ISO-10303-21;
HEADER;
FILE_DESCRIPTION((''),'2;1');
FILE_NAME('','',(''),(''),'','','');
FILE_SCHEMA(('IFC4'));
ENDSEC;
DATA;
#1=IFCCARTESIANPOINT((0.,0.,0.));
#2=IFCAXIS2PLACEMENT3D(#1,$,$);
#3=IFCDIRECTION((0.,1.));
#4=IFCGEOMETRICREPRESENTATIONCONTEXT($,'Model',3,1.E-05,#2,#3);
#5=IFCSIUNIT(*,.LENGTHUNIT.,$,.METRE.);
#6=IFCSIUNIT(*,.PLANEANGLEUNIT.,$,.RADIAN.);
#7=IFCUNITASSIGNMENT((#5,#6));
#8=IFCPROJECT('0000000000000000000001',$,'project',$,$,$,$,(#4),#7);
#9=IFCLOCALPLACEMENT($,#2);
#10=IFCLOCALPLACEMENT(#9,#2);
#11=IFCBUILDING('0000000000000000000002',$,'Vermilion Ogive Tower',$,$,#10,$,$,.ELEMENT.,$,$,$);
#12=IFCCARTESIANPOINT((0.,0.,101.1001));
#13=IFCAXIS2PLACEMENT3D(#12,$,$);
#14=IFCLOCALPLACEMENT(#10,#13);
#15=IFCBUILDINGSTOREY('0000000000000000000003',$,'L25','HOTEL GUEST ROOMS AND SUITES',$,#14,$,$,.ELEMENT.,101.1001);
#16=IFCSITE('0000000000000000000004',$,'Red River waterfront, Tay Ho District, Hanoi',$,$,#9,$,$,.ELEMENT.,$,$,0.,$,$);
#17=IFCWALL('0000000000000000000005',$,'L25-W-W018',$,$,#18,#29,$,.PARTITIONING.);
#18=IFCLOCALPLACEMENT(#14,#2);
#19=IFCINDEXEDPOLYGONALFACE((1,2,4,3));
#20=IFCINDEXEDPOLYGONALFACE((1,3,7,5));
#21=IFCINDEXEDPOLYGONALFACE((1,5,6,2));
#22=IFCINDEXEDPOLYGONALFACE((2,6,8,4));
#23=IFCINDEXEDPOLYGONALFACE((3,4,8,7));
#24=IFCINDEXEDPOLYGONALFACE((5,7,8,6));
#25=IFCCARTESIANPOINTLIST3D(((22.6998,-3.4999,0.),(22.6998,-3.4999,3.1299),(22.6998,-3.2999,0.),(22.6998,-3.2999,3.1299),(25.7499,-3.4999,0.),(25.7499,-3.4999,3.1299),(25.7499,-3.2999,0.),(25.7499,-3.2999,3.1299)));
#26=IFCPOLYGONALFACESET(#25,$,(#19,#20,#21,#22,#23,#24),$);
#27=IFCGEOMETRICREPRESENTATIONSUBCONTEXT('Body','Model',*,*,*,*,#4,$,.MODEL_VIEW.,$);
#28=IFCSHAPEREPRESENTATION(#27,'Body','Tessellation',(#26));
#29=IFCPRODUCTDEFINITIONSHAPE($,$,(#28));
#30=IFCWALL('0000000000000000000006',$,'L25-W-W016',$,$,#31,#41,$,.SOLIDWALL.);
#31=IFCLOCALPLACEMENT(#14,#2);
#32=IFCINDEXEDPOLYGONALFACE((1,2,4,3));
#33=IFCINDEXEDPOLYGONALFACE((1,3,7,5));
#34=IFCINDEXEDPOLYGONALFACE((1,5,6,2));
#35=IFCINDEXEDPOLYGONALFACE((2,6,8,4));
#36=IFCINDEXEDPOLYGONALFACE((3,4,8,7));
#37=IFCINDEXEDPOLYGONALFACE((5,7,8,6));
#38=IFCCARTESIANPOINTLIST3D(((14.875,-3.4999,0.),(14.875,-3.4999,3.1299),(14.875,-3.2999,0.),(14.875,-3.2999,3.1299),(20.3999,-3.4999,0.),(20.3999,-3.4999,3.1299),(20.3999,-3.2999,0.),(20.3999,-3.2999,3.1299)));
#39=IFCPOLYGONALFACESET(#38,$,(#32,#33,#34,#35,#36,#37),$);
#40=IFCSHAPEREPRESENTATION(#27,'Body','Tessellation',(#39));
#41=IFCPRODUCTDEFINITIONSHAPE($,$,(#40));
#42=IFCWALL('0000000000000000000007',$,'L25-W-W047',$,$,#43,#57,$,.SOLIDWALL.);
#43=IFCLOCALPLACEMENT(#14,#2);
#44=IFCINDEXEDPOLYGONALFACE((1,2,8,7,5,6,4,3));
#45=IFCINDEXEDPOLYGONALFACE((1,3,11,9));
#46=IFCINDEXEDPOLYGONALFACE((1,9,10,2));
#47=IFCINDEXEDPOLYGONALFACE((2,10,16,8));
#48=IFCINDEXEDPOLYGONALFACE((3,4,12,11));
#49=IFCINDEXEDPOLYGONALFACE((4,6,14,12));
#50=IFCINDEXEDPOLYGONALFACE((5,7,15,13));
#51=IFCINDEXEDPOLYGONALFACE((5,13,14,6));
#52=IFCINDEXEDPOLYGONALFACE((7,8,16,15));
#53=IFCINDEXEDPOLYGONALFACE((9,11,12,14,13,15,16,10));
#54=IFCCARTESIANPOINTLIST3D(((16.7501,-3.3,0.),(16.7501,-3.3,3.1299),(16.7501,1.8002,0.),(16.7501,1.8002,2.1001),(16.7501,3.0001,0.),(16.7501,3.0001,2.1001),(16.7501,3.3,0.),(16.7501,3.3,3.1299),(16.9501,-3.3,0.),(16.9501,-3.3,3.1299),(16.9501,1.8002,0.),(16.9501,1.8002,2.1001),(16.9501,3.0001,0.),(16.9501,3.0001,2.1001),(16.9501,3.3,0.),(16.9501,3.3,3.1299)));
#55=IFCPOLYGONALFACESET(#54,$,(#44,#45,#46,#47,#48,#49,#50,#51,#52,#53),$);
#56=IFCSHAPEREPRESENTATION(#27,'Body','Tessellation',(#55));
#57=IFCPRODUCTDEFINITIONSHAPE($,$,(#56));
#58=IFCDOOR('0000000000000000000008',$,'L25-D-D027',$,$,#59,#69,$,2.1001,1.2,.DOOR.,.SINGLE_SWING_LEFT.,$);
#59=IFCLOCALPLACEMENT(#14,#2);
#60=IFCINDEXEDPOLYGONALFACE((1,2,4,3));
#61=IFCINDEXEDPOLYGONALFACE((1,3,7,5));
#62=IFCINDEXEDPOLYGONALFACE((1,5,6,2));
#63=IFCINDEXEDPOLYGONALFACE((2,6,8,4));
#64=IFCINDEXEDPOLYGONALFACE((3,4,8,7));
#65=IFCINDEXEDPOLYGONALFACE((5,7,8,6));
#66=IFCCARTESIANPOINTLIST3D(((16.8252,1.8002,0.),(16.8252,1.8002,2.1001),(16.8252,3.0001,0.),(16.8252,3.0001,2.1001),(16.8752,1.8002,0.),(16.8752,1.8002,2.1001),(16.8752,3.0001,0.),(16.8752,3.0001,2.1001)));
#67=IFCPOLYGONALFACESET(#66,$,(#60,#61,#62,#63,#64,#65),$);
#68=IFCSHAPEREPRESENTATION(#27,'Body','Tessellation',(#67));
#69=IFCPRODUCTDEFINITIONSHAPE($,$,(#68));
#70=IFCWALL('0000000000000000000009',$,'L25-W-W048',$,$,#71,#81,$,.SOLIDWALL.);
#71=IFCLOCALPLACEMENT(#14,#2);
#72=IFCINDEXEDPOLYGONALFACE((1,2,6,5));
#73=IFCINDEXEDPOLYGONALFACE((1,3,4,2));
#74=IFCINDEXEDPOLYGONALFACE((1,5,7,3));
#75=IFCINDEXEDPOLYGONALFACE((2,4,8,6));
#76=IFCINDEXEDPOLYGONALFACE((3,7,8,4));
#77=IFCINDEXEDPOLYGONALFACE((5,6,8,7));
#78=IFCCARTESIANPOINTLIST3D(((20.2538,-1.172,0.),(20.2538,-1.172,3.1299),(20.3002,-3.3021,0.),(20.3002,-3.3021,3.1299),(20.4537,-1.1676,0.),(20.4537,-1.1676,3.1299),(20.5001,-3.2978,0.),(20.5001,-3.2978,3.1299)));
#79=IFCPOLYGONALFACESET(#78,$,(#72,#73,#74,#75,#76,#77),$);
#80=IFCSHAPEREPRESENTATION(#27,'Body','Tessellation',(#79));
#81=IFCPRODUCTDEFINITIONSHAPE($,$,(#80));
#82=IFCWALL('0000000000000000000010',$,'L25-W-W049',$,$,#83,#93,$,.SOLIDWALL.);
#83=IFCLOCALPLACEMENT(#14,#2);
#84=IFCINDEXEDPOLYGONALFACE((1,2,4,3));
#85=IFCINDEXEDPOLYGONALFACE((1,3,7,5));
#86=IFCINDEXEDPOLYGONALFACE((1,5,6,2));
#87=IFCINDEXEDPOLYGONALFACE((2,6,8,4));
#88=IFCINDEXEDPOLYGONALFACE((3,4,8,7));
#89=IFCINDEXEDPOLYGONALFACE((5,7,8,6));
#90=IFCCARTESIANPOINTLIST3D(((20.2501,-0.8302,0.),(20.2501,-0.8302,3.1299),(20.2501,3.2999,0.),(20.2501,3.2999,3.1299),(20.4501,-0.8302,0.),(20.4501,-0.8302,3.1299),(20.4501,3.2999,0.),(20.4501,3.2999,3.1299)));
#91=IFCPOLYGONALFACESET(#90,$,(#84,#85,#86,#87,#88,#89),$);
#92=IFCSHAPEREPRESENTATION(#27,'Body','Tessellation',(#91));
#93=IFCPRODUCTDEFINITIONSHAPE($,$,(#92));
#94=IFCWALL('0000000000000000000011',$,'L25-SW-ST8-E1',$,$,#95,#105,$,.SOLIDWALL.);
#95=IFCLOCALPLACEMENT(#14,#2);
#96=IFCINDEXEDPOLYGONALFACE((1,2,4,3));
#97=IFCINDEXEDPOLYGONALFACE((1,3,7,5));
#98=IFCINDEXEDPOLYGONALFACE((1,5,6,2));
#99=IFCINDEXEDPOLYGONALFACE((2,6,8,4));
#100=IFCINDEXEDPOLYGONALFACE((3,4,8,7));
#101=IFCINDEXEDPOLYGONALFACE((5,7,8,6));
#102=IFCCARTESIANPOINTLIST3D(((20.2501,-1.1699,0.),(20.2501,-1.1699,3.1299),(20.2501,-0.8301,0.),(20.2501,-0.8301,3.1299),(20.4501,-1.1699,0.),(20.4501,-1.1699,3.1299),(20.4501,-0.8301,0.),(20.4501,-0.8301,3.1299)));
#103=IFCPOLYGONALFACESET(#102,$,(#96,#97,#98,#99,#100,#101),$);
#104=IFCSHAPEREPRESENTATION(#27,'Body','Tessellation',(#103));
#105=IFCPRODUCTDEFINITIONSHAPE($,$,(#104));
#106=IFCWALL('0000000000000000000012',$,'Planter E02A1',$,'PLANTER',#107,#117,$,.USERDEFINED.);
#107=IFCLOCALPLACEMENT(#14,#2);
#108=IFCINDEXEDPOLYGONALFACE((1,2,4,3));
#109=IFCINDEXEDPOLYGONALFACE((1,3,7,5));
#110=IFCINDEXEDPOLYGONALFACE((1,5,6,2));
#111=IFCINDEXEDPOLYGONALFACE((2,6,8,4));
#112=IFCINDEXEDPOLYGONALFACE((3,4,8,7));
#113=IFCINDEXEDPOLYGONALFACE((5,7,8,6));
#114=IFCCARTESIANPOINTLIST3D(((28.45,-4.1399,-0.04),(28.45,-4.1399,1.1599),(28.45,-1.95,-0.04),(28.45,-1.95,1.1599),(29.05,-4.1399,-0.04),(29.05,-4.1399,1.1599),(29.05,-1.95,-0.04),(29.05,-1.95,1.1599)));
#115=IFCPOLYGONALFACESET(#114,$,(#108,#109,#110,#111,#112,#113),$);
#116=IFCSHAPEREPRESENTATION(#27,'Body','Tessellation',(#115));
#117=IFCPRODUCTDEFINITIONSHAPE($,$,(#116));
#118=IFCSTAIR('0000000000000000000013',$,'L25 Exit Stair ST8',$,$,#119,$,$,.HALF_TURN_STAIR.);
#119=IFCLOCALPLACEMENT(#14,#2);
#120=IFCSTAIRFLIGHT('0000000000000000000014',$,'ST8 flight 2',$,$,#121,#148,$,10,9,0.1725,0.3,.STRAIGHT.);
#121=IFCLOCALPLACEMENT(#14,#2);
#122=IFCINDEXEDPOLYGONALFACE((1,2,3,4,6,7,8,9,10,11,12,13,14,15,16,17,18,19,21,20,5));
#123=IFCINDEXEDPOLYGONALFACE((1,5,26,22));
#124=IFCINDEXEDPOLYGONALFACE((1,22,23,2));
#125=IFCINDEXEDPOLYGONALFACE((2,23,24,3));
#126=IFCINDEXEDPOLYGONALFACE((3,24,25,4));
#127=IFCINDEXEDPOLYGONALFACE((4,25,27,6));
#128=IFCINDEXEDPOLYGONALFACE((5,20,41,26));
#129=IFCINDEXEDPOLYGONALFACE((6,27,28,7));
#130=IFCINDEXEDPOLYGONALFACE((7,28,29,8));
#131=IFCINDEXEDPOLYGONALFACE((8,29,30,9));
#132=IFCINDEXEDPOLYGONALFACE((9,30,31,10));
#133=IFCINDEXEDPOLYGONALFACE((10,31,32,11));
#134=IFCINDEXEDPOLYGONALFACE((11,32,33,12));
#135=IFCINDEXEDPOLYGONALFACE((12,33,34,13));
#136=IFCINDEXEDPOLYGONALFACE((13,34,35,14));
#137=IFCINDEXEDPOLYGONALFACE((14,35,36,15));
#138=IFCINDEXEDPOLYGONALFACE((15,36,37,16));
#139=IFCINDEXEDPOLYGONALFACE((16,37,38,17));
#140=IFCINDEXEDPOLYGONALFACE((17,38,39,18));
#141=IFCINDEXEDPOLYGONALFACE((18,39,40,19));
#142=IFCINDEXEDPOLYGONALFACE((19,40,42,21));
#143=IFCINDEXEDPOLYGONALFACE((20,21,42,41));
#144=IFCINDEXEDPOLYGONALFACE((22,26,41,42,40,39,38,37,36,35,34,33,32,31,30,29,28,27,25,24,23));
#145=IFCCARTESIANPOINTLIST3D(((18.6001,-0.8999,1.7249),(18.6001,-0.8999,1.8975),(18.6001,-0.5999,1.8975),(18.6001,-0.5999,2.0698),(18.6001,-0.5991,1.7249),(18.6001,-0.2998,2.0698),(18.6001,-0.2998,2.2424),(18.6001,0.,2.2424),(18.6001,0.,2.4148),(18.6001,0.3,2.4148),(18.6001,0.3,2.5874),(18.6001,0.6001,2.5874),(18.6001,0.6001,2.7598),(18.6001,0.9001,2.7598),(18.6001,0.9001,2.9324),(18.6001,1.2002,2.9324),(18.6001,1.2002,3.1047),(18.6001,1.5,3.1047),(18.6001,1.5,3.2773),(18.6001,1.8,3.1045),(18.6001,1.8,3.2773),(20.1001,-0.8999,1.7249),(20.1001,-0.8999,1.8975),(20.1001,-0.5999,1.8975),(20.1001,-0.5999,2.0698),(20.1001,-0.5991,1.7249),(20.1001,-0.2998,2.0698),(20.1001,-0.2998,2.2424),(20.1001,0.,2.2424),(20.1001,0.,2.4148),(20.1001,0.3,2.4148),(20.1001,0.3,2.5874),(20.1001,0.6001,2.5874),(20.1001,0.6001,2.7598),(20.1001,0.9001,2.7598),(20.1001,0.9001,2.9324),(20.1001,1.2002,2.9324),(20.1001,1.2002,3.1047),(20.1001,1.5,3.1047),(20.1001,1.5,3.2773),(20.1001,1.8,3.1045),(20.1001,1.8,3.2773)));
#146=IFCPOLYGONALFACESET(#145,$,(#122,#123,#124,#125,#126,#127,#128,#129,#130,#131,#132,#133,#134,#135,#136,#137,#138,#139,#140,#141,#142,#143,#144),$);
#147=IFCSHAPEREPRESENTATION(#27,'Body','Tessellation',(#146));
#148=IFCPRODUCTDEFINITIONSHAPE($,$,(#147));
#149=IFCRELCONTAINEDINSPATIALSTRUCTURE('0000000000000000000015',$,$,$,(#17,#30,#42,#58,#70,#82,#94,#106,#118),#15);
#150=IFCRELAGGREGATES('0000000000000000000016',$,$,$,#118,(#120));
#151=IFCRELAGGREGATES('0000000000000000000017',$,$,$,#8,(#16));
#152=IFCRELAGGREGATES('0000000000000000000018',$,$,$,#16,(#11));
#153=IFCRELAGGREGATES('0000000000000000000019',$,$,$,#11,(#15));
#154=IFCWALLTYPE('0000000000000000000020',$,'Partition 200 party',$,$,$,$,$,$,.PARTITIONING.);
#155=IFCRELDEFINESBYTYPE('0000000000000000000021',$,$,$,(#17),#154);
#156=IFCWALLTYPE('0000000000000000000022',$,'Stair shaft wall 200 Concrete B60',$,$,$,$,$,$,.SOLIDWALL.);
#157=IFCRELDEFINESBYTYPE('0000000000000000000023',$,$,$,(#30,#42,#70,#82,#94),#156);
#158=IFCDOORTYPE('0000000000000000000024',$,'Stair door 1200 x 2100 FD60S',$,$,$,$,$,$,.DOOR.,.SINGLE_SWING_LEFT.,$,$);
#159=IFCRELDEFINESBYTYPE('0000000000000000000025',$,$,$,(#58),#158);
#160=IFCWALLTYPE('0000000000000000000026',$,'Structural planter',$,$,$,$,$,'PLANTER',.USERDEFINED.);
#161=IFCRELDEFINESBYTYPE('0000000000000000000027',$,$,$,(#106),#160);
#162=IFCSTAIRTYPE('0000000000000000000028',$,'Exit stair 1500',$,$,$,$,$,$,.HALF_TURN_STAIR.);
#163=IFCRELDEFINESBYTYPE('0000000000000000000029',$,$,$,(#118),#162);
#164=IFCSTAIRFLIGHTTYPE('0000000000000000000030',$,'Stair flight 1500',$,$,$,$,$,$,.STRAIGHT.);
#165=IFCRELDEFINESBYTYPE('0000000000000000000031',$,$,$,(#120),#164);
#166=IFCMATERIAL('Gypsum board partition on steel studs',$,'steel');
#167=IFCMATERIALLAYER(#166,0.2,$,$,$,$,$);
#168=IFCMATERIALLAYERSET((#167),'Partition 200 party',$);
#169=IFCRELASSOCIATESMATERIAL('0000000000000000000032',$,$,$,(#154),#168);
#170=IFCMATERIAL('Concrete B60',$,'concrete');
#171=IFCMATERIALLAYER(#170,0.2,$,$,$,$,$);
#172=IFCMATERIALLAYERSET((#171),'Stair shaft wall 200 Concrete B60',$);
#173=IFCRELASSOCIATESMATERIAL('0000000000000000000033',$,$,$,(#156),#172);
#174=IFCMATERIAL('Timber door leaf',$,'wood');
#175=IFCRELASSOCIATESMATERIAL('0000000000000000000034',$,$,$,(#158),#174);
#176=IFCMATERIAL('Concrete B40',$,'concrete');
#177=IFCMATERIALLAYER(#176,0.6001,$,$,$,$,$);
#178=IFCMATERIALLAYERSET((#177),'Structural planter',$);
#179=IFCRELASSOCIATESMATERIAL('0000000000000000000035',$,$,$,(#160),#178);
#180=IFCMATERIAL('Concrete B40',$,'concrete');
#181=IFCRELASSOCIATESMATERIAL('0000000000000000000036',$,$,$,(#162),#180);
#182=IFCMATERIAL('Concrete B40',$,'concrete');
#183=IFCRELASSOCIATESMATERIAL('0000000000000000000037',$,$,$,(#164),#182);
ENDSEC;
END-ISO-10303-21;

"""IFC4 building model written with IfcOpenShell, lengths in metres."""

from ifc_helpers import new_model, si_unit, direction, frame, frame_2d, origin, place, context, subcontext, project, spatial, polyline, rectangle, outline, extrude, material, layer, layer_set, type_object, element, fill, aggregate, save


model = new_model("IFC4")

# Units and contexts
model_context = context("Model", 3, precision=1e-05, world=origin(), true_north=direction((0.0, 1.0)))
body_context = subcontext(model_context, "Body", "Model", "MODEL_VIEW")
ifc_project = project(units=[si_unit("LENGTHUNIT", "METRE"), si_unit("PLANEANGLEUNIT", "RADIAN")], contexts=[model_context])

# Site, building, storey
site_placement = place(None, origin())
site = spatial("IfcSite", under=ifc_project, at=site_placement, Name="Red River waterfront, Tay Ho District, Hanoi", CompositionType="ELEMENT", RefElevation=0.0)
building_placement = place(site_placement, origin())
building = spatial("IfcBuilding", under=site, at=building_placement, Name="Vermilion Ogive Tower", CompositionType="ELEMENT")
storey_placement = place(building_placement, frame((0.0, 0.0, 101.1001)))
storey = spatial("IfcBuildingStorey", under=building, at=storey_placement, Name="L25", Description="HOTEL GUEST ROOMS AND SUITES", CompositionType="ELEMENT", Elevation=101.1001)

# Walls
ifc_material_1 = material(Name="Gypsum board partition on steel studs", Category="steel")
ifc_layer_1 = layer(ifc_material_1, 0.2)
ifc_layer_set_1 = layer_set([ifc_layer_1], Name="Partition 200 party")
wall_type_1 = type_object("IfcWallType", Name="Partition 200 party", PredefinedType="PARTITIONING", material=ifc_layer_set_1)
wall_1_placement = place(storey_placement, frame((22.7, -3.3999, 0.0), z_axis=(0.0, 0.0, 1.0), x_axis=(1.0, 0.0, 0.0)))
element("IfcWall", 1, at=wall_1_placement, inside=storey, type_object=wall_type_1, Name="L25-W-W018", PredefinedType="PARTITIONING", context=body_context, shape_type="SweptSolid", body=[
    extrude(rectangle(XDim=3.05, YDim=0.2, at=frame_2d((1.5249, 0.0))), origin(), (0.0, 0.0, 1.0), 3.1299),
])
ifc_material_2 = material(Name="Concrete B60", Category="concrete")
ifc_layer_2 = layer(ifc_material_2, 0.2)
ifc_layer_set_2 = layer_set([ifc_layer_2], Name="Stair shaft wall 200 Concrete B60")
wall_type_2 = type_object("IfcWallType", Name="Stair shaft wall 200 Concrete B60", PredefinedType="SOLIDWALL", material=ifc_layer_set_2)
wall_2_placement = place(storey_placement, frame((14.875, -3.3999, 0.0), z_axis=(0.0, 0.0, 1.0), x_axis=(1.0, 0.0, 0.0)))
element("IfcWall", 2, at=wall_2_placement, inside=storey, type_object=wall_type_2, Name="L25-W-W016", PredefinedType="SOLIDWALL", context=body_context, shape_type="SweptSolid", body=[
    extrude(rectangle(XDim=5.5249, YDim=0.2, at=frame_2d((2.7625, 0.0))), origin(), (0.0, 0.0, 1.0), 3.1299),
])

# Wall, opening, door
wall_3_placement = place(storey_placement, frame((16.8501, -3.3, 0.0), z_axis=(0.0, 0.0, 1.0), x_axis=(0.0, 1.0, 0.0)))
wall_3 = element("IfcWall", 3, at=wall_3_placement, inside=storey, type_object=wall_type_2, Name="L25-W-W047", PredefinedType="SOLIDWALL", context=body_context, shape_type="SweptSolid", body=[
    extrude(rectangle(XDim=6.6001, YDim=0.2, at=frame_2d((3.3, 0.0))), origin(), (0.0, 0.0, 1.0), 3.1299),
])
opening_1_placement = place(wall_3_placement, frame((5.1001, 0.0, 0.0)))
opening_1 = element("IfcOpeningElement", 4, at=opening_1_placement, cuts=wall_3, PredefinedType="OPENING", context=body_context, shape_type="SweptSolid", body=[
    extrude(rectangle(XDim=1.2, YDim=2.1001, at=frame_2d((0.6001, 1.05))), frame((0.0, 0.1099, 0.0), z_axis=(0.0, -1.0, 0.0), x_axis=(1.0, 0.0, 0.0)), (0.0, 0.0, 1.0), 0.22),
])
ifc_material_3 = material(Name="Timber door leaf", Category="wood")
door_type_1 = type_object("IfcDoorType", Name="Stair door 1200 x 2100 FD60S", OperationType="SINGLE_SWING_LEFT", PredefinedType="DOOR", material=ifc_material_3)
door_1_placement = place(opening_1_placement, origin())
door_1 = element("IfcDoor", 5, at=door_1_placement, inside=storey, type_object=door_type_1, Name="L25-D-D027", OperationType="SINGLE_SWING_LEFT", OverallHeight=2.1001, OverallWidth=1.2, PredefinedType="DOOR", context=body_context, shape_type="SweptSolid", body=[
    extrude(rectangle(XDim=1.2, YDim=2.1001, at=frame_2d((0.6001, 1.05))), frame((0.0, 0.0249, 0.0), z_axis=(0.0, -1.0, 0.0), x_axis=(1.0, 0.0, 0.0)), (0.0, 0.0, 1.0), 0.05),
])
fill(opening_1, door_1)

# Walls
wall_4_placement = place(storey_placement, frame((20.4001, -3.3, 0.0), z_axis=(0.0, 0.0, 1.0), x_axis=(-0.021771, 0.999763, 0.0)))
element("IfcWall", 6, at=wall_4_placement, inside=storey, type_object=wall_type_2, Name="L25-W-W048", PredefinedType="SOLIDWALL", context=body_context, shape_type="SweptSolid", body=[
    extrude(rectangle(XDim=2.1306, YDim=0.2, at=frame_2d((1.0654, 0.0))), origin(), (0.0, 0.0, 1.0), 3.1299),
])
wall_5_placement = place(storey_placement, frame((20.3501, -0.8301, 0.0), z_axis=(0.0, 0.0, 1.0), x_axis=(0.0, 1.0, 0.0)))
element("IfcWall", 7, at=wall_5_placement, inside=storey, type_object=wall_type_2, Name="L25-W-W049", PredefinedType="SOLIDWALL", context=body_context, shape_type="SweptSolid", body=[
    extrude(rectangle(XDim=4.1301, YDim=0.2, at=frame_2d((2.0649, 0.0))), origin(), (0.0, 0.0, 1.0), 3.1299),
])
wall_6_placement = place(storey_placement, frame((20.3501, -1.1699, 0.0), z_axis=(0.0, 0.0, 1.0), x_axis=(0.0, 1.0, 0.0)))
element("IfcWall", 8, at=wall_6_placement, inside=storey, type_object=wall_type_2, Name="L25-SW-ST8-E1", PredefinedType="SOLIDWALL", context=body_context, shape_type="SweptSolid", body=[
    extrude(rectangle(XDim=0.3398, YDim=0.2, at=frame_2d((0.1699, 0.0))), origin(), (0.0, 0.0, 1.0), 3.1299),
])
ifc_material_4 = material(Name="Concrete B40", Category="concrete")
ifc_layer_3 = layer(ifc_material_4, 0.6001)
ifc_layer_set_3 = layer_set([ifc_layer_3], Name="Structural planter")
wall_type_3 = type_object("IfcWallType", Name="Structural planter", ElementType="PLANTER", PredefinedType="USERDEFINED", material=ifc_layer_set_3)
wall_7_placement = place(storey_placement, frame((28.75, -4.1399, -0.04), z_axis=(0.0, 0.0, 1.0), x_axis=(0.0, 1.0, 0.0)))
element("IfcWall", 9, at=wall_7_placement, inside=storey, type_object=wall_type_3, Name="Planter E02A1", ObjectType="PLANTER", PredefinedType="USERDEFINED", context=body_context, shape_type="SweptSolid", body=[
    extrude(rectangle(XDim=2.1899, YDim=0.6001, at=frame_2d((1.095, 0.0))), origin(), (0.0, 0.0, 1.0), 1.2),
])

# Stair, stair flight
ifc_material_5 = material(Name="Concrete B40", Category="concrete")
stair_type = type_object("IfcStairType", Name="Exit stair 1500", PredefinedType="HALF_TURN_STAIR", material=ifc_material_5)
stair_placement = place(storey_placement, origin())
stair = element("IfcStair", 10, at=stair_placement, inside=storey, type_object=stair_type, Name="L25 Exit Stair ST8", PredefinedType="HALF_TURN_STAIR")
ifc_material_6 = material(Name="Concrete B40", Category="concrete")
stair_flight_type = type_object("IfcStairFlightType", Name="Stair flight 1500", PredefinedType="STRAIGHT", material=ifc_material_6)
stair_flight_placement = place(storey_placement, frame((19.3501, -0.8999, 1.7249), z_axis=(0.0, 0.0, 1.0), x_axis=(0.0, 1.0, 0.0)))
stair_flight = element("IfcStairFlight", 11, at=stair_flight_placement, type_object=stair_flight_type, Name="ST8 flight 2", NumberOfRisers=10, NumberOfTreads=9, PredefinedType="STRAIGHT", RiserHeight=0.1725, TreadLength=0.3, context=body_context, shape_type="SweptSolid", body=[
    extrude(outline(polyline([(0.0, 0.0), (0.0, 0.1726), (0.3, 0.1726), (0.3, 0.345), (0.6001, 0.345), (0.6001, 0.5176), (0.8999, 0.5176), (0.8999, 0.6899), (1.2, 0.6899), (1.2, 0.8625), (1.5, 0.8625), (1.5, 1.0349), (1.8, 1.0349), (1.8, 1.2075), (2.1001, 1.2075), (2.1001, 1.3799), (2.3999, 1.3799), (2.3999, 1.5525), (2.7, 1.5525), (2.7, 1.7251), (2.7, 1.3796), (0.3008, 0.0), (0.0, 0.0)])), frame((0.0, 0.75, 0.0), z_axis=(0.0, -1.0, 0.0), x_axis=(1.0, 0.0, 0.0)), (0.0, 0.0, 1.0), 1.5),
])
aggregate(stair, [stair_flight])

save(model, "model.ifc")
